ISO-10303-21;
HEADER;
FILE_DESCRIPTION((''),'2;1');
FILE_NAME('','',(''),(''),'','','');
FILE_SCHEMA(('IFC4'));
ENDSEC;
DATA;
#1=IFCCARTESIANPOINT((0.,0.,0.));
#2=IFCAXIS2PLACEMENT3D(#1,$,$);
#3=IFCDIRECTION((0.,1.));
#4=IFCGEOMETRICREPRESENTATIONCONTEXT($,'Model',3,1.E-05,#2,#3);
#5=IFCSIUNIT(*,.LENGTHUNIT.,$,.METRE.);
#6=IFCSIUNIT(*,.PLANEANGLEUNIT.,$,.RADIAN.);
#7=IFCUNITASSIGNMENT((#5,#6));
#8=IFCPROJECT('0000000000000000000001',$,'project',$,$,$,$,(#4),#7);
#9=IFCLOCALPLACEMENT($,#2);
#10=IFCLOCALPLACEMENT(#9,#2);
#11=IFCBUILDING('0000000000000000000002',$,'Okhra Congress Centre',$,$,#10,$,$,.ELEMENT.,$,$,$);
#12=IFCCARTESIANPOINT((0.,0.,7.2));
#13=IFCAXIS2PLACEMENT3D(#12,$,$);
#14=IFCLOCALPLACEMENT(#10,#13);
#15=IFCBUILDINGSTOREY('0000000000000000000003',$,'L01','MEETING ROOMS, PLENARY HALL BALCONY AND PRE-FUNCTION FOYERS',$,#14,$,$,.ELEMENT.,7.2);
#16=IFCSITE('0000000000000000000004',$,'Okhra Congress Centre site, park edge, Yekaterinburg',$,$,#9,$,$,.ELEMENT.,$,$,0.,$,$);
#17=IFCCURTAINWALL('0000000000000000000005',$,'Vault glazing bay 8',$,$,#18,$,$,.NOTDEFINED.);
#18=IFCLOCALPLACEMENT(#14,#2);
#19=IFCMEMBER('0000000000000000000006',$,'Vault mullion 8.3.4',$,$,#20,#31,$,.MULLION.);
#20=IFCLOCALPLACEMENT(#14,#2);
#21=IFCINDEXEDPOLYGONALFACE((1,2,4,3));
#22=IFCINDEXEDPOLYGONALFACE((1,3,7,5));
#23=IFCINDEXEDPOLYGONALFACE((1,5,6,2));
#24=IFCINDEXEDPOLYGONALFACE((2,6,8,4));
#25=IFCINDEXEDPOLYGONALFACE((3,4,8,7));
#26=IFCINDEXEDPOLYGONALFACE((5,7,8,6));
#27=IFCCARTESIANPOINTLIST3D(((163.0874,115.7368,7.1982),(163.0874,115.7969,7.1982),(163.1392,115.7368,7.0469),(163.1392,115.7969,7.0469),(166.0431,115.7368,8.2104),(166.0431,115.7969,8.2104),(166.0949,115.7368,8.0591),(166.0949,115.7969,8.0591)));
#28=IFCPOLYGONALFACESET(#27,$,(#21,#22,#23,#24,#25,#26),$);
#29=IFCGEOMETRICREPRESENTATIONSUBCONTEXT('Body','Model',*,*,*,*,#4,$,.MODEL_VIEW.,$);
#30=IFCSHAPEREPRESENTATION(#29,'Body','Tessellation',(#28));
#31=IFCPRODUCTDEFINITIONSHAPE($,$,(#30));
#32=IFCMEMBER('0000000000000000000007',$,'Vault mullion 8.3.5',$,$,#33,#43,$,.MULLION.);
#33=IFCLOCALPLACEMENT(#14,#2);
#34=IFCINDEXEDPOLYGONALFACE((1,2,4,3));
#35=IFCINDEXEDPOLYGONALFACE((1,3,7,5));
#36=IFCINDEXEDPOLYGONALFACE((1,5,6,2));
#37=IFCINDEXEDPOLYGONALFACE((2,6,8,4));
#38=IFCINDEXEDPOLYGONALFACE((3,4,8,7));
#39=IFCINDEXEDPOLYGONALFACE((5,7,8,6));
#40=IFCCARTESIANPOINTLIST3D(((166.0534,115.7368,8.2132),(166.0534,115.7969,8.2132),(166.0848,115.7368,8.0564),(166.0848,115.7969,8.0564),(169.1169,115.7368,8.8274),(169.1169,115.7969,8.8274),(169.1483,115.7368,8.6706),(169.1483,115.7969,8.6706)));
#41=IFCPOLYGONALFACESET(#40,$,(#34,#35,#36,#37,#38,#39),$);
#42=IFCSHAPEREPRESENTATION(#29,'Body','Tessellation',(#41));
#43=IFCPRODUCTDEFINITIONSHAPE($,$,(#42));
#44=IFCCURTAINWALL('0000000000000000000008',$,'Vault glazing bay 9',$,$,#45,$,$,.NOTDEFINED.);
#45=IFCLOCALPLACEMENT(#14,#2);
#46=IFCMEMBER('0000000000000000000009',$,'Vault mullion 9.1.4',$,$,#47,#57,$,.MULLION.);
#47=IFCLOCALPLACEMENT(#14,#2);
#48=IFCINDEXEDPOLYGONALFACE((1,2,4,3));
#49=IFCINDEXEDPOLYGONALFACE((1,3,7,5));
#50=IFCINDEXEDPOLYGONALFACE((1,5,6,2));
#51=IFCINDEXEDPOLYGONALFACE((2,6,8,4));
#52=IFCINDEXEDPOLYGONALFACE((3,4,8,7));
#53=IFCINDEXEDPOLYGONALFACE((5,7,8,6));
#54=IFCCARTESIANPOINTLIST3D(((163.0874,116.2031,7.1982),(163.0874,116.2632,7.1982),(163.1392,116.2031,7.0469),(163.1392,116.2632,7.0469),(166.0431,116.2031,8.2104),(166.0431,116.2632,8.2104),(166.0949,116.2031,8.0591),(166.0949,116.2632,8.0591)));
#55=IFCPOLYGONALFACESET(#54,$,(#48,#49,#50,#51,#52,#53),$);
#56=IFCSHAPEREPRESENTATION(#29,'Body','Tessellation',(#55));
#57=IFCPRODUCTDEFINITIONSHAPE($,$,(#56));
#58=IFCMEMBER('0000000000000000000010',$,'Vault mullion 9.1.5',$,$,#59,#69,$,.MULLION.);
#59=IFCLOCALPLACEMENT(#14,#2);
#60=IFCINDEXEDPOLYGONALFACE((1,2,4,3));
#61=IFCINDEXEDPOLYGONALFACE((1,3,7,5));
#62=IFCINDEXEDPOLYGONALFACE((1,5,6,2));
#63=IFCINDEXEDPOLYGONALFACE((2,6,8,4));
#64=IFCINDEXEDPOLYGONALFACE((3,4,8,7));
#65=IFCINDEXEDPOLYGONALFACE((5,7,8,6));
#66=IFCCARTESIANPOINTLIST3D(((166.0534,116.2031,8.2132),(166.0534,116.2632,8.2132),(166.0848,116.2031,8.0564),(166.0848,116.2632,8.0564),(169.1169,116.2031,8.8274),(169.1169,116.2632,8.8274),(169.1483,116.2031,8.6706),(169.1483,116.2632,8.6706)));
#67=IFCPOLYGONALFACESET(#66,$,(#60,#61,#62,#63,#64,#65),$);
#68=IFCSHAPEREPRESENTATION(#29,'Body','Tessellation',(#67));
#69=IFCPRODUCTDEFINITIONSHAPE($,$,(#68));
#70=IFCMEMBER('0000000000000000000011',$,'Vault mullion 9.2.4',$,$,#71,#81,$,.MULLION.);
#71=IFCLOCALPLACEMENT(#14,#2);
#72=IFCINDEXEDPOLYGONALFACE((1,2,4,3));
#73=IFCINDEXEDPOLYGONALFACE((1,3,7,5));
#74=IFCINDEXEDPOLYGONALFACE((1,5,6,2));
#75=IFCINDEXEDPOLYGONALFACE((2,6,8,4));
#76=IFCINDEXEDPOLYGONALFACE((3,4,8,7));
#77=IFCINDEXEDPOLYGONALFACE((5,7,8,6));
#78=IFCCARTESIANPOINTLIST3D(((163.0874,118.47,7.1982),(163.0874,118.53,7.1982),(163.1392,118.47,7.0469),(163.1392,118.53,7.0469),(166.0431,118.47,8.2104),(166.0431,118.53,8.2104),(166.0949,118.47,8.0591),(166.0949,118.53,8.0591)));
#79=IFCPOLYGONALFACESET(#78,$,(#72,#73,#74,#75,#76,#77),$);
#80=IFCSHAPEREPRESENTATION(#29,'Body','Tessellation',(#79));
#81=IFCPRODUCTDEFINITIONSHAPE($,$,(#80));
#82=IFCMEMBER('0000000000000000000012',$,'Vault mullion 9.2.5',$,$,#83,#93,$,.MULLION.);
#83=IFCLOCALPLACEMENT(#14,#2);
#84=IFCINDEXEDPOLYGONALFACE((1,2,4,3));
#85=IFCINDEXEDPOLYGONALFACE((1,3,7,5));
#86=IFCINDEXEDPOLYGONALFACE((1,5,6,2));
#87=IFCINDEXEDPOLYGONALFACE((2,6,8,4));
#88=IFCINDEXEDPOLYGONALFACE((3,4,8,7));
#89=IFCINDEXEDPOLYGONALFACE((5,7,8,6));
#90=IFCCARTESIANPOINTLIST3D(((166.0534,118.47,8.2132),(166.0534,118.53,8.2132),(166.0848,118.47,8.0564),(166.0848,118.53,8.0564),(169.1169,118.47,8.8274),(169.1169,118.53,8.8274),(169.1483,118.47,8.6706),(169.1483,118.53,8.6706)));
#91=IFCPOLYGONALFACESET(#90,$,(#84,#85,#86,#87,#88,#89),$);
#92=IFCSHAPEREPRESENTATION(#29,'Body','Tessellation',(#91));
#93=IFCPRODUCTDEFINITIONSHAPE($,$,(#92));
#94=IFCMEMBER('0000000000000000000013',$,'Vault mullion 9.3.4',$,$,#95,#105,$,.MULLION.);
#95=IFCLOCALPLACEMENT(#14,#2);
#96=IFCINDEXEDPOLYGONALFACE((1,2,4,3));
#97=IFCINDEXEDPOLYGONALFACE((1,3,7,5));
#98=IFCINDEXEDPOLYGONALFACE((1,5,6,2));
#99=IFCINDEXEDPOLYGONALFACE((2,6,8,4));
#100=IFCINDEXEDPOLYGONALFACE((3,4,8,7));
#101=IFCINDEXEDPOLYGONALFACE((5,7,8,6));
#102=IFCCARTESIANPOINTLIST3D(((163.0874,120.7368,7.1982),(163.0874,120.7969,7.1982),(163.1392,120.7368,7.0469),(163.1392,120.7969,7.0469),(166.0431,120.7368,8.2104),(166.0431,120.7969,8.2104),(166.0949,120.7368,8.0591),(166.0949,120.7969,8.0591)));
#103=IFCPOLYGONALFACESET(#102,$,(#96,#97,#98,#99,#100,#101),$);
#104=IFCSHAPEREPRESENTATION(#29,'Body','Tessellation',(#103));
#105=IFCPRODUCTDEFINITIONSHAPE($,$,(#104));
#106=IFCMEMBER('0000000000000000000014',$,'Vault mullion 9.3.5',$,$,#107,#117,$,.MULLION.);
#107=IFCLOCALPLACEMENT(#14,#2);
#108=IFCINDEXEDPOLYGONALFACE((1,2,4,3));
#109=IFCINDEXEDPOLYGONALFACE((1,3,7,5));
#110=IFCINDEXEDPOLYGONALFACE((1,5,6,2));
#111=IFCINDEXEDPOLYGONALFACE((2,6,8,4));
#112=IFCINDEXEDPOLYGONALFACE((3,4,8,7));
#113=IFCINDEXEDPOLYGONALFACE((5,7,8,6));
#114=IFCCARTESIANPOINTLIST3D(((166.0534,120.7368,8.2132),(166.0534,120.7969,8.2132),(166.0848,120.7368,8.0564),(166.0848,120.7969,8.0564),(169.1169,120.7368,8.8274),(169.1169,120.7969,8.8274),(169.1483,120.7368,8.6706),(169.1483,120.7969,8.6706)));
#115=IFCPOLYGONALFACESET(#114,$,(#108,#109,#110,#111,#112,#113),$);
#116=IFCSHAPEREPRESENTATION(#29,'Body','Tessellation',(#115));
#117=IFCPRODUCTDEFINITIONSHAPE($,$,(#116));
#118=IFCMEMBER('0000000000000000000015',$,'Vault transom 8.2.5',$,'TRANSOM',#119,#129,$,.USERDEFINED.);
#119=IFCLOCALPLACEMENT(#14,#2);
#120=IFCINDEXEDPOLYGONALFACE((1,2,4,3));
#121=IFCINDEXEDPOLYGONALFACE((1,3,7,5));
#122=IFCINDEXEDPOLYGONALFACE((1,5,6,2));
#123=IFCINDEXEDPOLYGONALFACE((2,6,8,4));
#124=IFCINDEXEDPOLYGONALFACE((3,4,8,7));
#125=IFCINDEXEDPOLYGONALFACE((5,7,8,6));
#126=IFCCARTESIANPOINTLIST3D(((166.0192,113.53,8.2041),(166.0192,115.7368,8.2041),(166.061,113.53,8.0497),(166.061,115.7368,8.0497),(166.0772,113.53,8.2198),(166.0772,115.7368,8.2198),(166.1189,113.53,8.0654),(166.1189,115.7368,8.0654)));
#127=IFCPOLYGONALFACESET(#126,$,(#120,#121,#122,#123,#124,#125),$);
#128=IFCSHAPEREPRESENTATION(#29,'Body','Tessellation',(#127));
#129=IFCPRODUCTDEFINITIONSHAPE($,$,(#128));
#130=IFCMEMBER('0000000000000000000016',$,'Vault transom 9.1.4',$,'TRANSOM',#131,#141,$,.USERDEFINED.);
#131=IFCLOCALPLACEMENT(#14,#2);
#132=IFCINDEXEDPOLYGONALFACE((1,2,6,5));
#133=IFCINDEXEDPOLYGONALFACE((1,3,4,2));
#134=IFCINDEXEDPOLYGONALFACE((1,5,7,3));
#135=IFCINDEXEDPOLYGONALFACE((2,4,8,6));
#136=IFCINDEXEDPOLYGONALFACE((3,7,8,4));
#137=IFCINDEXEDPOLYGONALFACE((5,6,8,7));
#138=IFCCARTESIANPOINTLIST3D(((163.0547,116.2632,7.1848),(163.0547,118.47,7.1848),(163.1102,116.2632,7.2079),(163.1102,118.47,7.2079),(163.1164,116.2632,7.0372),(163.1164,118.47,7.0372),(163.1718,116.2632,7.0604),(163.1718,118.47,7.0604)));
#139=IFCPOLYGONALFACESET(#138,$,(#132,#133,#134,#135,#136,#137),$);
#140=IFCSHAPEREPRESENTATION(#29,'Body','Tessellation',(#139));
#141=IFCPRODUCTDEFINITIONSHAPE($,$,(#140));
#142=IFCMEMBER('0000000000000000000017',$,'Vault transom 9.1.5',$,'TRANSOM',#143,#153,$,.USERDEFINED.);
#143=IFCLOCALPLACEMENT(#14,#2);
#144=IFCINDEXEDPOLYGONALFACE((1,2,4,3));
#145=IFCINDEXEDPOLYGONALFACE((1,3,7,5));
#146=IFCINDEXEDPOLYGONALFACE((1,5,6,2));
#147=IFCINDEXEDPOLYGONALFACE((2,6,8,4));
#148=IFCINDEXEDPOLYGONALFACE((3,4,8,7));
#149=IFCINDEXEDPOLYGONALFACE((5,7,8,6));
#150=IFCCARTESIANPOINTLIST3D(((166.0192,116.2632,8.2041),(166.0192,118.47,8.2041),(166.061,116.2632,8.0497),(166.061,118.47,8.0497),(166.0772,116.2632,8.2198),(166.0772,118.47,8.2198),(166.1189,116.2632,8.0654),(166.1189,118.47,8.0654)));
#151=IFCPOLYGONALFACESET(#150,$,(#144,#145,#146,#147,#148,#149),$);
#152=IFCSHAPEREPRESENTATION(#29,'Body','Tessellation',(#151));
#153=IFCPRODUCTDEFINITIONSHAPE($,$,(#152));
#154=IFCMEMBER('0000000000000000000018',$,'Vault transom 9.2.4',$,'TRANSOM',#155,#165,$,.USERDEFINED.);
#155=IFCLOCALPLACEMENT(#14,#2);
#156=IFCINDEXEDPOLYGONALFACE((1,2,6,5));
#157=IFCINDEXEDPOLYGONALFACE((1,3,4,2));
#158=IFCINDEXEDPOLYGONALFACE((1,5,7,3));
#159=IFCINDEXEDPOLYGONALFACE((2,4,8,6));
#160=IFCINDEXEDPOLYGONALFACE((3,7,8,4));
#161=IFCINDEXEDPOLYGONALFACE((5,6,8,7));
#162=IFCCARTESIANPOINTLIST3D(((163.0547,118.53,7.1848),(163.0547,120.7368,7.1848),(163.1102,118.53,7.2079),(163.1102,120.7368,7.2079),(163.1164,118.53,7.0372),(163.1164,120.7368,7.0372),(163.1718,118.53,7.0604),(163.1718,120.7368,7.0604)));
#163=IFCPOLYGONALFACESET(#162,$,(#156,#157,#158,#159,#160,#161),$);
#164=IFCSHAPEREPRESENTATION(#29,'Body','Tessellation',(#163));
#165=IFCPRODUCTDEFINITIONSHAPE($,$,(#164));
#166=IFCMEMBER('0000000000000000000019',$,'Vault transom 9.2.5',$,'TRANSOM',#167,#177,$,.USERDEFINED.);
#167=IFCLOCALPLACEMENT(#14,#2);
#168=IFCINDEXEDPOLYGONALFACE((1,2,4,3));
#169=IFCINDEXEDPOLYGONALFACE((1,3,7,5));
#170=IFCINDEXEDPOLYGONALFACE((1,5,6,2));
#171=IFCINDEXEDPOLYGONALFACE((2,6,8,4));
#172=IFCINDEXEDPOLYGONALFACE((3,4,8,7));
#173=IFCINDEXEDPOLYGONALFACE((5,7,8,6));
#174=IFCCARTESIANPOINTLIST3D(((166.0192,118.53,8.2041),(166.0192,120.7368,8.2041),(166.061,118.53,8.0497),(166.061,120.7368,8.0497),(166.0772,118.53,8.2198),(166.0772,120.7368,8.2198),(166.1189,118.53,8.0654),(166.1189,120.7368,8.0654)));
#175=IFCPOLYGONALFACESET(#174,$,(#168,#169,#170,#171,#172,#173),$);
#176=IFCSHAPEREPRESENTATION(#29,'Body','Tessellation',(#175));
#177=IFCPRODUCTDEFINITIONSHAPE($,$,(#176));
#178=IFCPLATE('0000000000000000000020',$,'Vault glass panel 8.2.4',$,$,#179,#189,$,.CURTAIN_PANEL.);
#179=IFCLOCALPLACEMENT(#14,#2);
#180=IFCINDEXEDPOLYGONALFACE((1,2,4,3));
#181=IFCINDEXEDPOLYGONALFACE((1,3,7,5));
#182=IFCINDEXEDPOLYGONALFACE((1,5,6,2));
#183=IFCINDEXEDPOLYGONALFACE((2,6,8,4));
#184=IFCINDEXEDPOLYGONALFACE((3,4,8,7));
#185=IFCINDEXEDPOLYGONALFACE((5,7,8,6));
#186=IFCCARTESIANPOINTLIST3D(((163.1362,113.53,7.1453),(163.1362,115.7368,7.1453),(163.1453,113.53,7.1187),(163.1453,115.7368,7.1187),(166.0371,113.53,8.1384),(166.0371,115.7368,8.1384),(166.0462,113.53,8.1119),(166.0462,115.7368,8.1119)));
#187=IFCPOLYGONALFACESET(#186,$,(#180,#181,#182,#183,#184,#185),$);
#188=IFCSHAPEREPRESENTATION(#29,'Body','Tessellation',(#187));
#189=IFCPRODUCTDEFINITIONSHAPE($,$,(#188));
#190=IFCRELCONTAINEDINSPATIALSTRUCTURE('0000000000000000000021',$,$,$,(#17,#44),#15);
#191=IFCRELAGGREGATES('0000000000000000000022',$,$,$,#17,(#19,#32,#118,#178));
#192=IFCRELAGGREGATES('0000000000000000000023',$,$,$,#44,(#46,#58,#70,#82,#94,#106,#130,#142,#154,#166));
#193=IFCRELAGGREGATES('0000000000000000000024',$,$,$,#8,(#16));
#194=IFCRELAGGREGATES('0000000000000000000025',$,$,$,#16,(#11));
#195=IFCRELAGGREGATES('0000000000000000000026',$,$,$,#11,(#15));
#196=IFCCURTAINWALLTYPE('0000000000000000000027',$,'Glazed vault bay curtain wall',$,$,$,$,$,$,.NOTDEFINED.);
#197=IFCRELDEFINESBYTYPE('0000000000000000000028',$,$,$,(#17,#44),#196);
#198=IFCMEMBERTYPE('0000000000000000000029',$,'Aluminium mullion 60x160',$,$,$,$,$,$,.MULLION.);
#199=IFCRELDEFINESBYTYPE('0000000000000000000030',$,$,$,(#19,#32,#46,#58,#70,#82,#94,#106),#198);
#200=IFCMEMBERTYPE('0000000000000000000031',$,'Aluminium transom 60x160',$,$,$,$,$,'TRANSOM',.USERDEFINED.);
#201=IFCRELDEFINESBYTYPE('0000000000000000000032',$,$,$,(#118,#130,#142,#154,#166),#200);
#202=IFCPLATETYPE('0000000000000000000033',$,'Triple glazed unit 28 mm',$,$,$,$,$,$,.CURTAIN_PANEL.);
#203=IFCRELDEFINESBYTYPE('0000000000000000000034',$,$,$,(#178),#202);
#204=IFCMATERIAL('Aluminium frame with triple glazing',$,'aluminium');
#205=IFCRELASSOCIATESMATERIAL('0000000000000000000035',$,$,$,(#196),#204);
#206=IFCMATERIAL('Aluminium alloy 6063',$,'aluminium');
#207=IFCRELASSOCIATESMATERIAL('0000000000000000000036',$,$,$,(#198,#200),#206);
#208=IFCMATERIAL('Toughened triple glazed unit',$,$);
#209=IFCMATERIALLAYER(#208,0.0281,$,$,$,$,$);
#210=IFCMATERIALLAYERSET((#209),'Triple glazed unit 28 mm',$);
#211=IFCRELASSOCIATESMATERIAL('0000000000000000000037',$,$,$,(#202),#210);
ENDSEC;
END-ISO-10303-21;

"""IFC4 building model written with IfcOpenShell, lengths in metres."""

from ifc_helpers import new_model, si_unit, direction, frame, origin, origin_2d, place, context, subcontext, project, spatial, polyline, rectangle, outline, extrude, material, layer, layer_set, material_profile, profile_set, type_object, element, aggregate, save


model = new_model("IFC4")

# Units and contexts
model_context = context("Model", 3, precision=1e-05, world=origin(), true_north=direction((0.0, 1.0)))
body_context = subcontext(model_context, "Body", "Model", "MODEL_VIEW")
ifc_project = project(units=[si_unit("LENGTHUNIT", "METRE"), si_unit("PLANEANGLEUNIT", "RADIAN")], contexts=[model_context])

# Site, building, storey
site_placement = place(None, origin())
site = spatial("IfcSite", under=ifc_project, at=site_placement, Name="Okhra Congress Centre site, park edge, Yekaterinburg", CompositionType="ELEMENT", RefElevation=0.0)
building_placement = place(site_placement, origin())
building = spatial("IfcBuilding", under=site, at=building_placement, Name="Okhra Congress Centre", CompositionType="ELEMENT")
storey_placement = place(building_placement, frame((0.0, 0.0, 7.2)))
storey = spatial("IfcBuildingStorey", under=building, at=storey_placement, Name="L01", Description="MEETING ROOMS, PLENARY HALL BALCONY AND PRE-FUNCTION FOYERS", CompositionType="ELEMENT", Elevation=7.2)

# Curtain walls, members
ifc_material_1 = material(Name="Aluminium frame with triple glazing", Category="aluminium")
curtain_wall_type = type_object("IfcCurtainWallType", Name="Glazed vault bay curtain wall", PredefinedType="NOTDEFINED", material=ifc_material_1)
curtain_wall_1_placement = place(storey_placement, origin())
curtain_wall_1 = element("IfcCurtainWall", 1, at=curtain_wall_1_placement, inside=storey, type_object=curtain_wall_type, Name="Vault glazing bay 8", PredefinedType="NOTDEFINED")
ifc_material_2 = material(Name="Aluminium alloy 6063", Category="aluminium")
ifc_material_profile_1 = material_profile(ifc_material_2, rectangle(XDim=0.0601, YDim=0.1599, at=origin_2d()), Name="AL 60x160")
ifc_profile_set_1 = profile_set([ifc_material_profile_1], Name="Aluminium alloy 6063")
member_type_1 = type_object("IfcMemberType", Name="Aluminium mullion 60x160", PredefinedType="MULLION", material=ifc_profile_set_1)
member_1_placement = place(storey_placement, frame((163.1133, 115.7668, 7.1226), z_axis=(0.946065, 0.0, 0.323977), x_axis=(0.0, 1.0, 0.0)))
member_1 = element("IfcMember", 2, at=member_1_placement, type_object=member_type_1, Name="Vault mullion 8.3.4", PredefinedType="MULLION", context=body_context, shape_type="SweptSolid", body=[
    extrude(rectangle(XDim=0.0601, YDim=0.1599, at=origin_2d()), origin(), (0.0, 0.0, 1.0), 3.1243),
])
member_2_placement = place(storey_placement, frame((166.0691, 115.7668, 8.1348), z_axis=(0.980484, 0.0, 0.196597), x_axis=(0.0, 1.0, 0.0)))
member_2 = element("IfcMember", 3, at=member_2_placement, type_object=member_type_1, Name="Vault mullion 8.3.5", PredefinedType="MULLION", context=body_context, shape_type="SweptSolid", body=[
    extrude(rectangle(XDim=0.0601, YDim=0.1599, at=origin_2d()), origin(), (0.0, 0.0, 1.0), 3.1245),
])
curtain_wall_2_placement = place(storey_placement, origin())
curtain_wall_2 = element("IfcCurtainWall", 4, at=curtain_wall_2_placement, inside=storey, type_object=curtain_wall_type, Name="Vault glazing bay 9", PredefinedType="NOTDEFINED")
member_3_placement = place(storey_placement, frame((163.1133, 116.2332, 7.1226), z_axis=(0.946065, 0.0, 0.323977), x_axis=(0.0, 1.0, 0.0)))
member_3 = element("IfcMember", 5, at=member_3_placement, type_object=member_type_1, Name="Vault mullion 9.1.4", PredefinedType="MULLION", context=body_context, shape_type="SweptSolid", body=[
    extrude(rectangle(XDim=0.0601, YDim=0.1599, at=origin_2d()), origin(), (0.0, 0.0, 1.0), 3.1243),
])
member_4_placement = place(storey_placement, frame((166.0691, 116.2332, 8.1348), z_axis=(0.980484, 0.0, 0.196597), x_axis=(0.0, 1.0, 0.0)))
member_4 = element("IfcMember", 6, at=member_4_placement, type_object=member_type_1, Name="Vault mullion 9.1.5", PredefinedType="MULLION", context=body_context, shape_type="SweptSolid", body=[
    extrude(rectangle(XDim=0.0601, YDim=0.1599, at=origin_2d()), origin(), (0.0, 0.0, 1.0), 3.1245),
])
member_5_placement = place(storey_placement, frame((163.1133, 118.5, 7.1226), z_axis=(0.946065, 0.0, 0.323977), x_axis=(0.0, 1.0, 0.0)))
member_5 = element("IfcMember", 7, at=member_5_placement, type_object=member_type_1, Name="Vault mullion 9.2.4", PredefinedType="MULLION", context=body_context, shape_type="SweptSolid", body=[
    extrude(rectangle(XDim=0.0601, YDim=0.1599, at=origin_2d()), origin(), (0.0, 0.0, 1.0), 3.1243),
])
member_6_placement = place(storey_placement, frame((166.0691, 118.5, 8.1348), z_axis=(0.980484, 0.0, 0.196597), x_axis=(0.0, 1.0, 0.0)))
member_6 = element("IfcMember", 8, at=member_6_placement, type_object=member_type_1, Name="Vault mullion 9.2.5", PredefinedType="MULLION", context=body_context, shape_type="SweptSolid", body=[
    extrude(rectangle(XDim=0.0601, YDim=0.1599, at=origin_2d()), origin(), (0.0, 0.0, 1.0), 3.1245),
])
member_7_placement = place(storey_placement, frame((163.1133, 120.7668, 7.1226), z_axis=(0.946065, 0.0, 0.323977), x_axis=(0.0, 1.0, 0.0)))
member_7 = element("IfcMember", 9, at=member_7_placement, type_object=member_type_1, Name="Vault mullion 9.3.4", PredefinedType="MULLION", context=body_context, shape_type="SweptSolid", body=[
    extrude(rectangle(XDim=0.0601, YDim=0.1599, at=origin_2d()), origin(), (0.0, 0.0, 1.0), 3.1243),
])
member_8_placement = place(storey_placement, frame((166.0691, 120.7668, 8.1348), z_axis=(0.980484, 0.0, 0.196597), x_axis=(0.0, 1.0, 0.0)))
member_8 = element("IfcMember", 10, at=member_8_placement, type_object=member_type_1, Name="Vault mullion 9.3.5", PredefinedType="MULLION", context=body_context, shape_type="SweptSolid", body=[
    extrude(rectangle(XDim=0.0601, YDim=0.1599, at=origin_2d()), origin(), (0.0, 0.0, 1.0), 3.1245),
])

# Members
ifc_material_profile_2 = material_profile(ifc_material_2, rectangle(XDim=0.0601, YDim=0.1599, at=origin_2d()), Name="AL 60x160 transom")
ifc_profile_set_2 = profile_set([ifc_material_profile_2], Name="Aluminium alloy 6063")
member_type_2 = type_object("IfcMemberType", Name="Aluminium transom 60x160", ElementType="TRANSOM", PredefinedType="USERDEFINED", material=ifc_profile_set_2)
member_9_placement = place(storey_placement, frame((166.0691, 113.53, 8.1348), z_axis=(0.0, 1.0, 0.0), x_axis=(-0.96538, 0.0, -0.260848)))
member_9 = element("IfcMember", 11, at=member_9_placement, type_object=member_type_2, Name="Vault transom 8.2.5", ObjectType="TRANSOM", PredefinedType="USERDEFINED", context=body_context, shape_type="SweptSolid", body=[
    extrude(rectangle(XDim=0.0601, YDim=0.1599, at=origin_2d()), origin(), (0.0, 0.0, 1.0), 2.2068),
])
member_10_placement = place(storey_placement, frame((163.1133, 116.2632, 7.1226), z_axis=(0.0, 1.0, 0.0), x_axis=(-0.922669, 0.0, -0.385593)))
member_10 = element("IfcMember", 12, at=member_10_placement, type_object=member_type_2, Name="Vault transom 9.1.4", ObjectType="TRANSOM", PredefinedType="USERDEFINED", context=body_context, shape_type="SweptSolid", body=[
    extrude(rectangle(XDim=0.0601, YDim=0.1599, at=origin_2d()), origin(), (0.0, 0.0, 1.0), 2.2068),
])
member_11_placement = place(storey_placement, frame((166.0691, 116.2632, 8.1348), z_axis=(0.0, 1.0, 0.0), x_axis=(-0.96538, 0.0, -0.260848)))
member_11 = element("IfcMember", 13, at=member_11_placement, type_object=member_type_2, Name="Vault transom 9.1.5", ObjectType="TRANSOM", PredefinedType="USERDEFINED", context=body_context, shape_type="SweptSolid", body=[
    extrude(rectangle(XDim=0.0601, YDim=0.1599, at=origin_2d()), origin(), (0.0, 0.0, 1.0), 2.2068),
])
member_12_placement = place(storey_placement, frame((163.1133, 118.53, 7.1226), z_axis=(0.0, 1.0, 0.0), x_axis=(-0.922669, 0.0, -0.385593)))
member_12 = element("IfcMember", 14, at=member_12_placement, type_object=member_type_2, Name="Vault transom 9.2.4", ObjectType="TRANSOM", PredefinedType="USERDEFINED", context=body_context, shape_type="SweptSolid", body=[
    extrude(rectangle(XDim=0.0601, YDim=0.1599, at=origin_2d()), origin(), (0.0, 0.0, 1.0), 2.2068),
])
member_13_placement = place(storey_placement, frame((166.0691, 118.53, 8.1348), z_axis=(0.0, 1.0, 0.0), x_axis=(-0.96538, 0.0, -0.260848)))
member_13 = element("IfcMember", 15, at=member_13_placement, type_object=member_type_2, Name="Vault transom 9.2.5", ObjectType="TRANSOM", PredefinedType="USERDEFINED", context=body_context, shape_type="SweptSolid", body=[
    extrude(rectangle(XDim=0.0601, YDim=0.1599, at=origin_2d()), origin(), (0.0, 0.0, 1.0), 2.2068),
])

# Plate
ifc_material_3 = material(Name="Toughened triple glazed unit")
ifc_layer_1 = layer(ifc_material_3, 0.0281)
ifc_layer_set_1 = layer_set([ifc_layer_1], Name="Triple glazed unit 28 mm")
plate_type = type_object("IfcPlateType", Name="Triple glazed unit 28 mm", PredefinedType="CURTAIN_PANEL", material=ifc_layer_set_1)
plate_1_placement = place(storey_placement, frame((163.1362, 113.53, 7.1453), z_axis=(-0.323909, 0.0, 0.946088), x_axis=(0.946088, 0.0, 0.323909)))
plate_1 = element("IfcPlate", 16, at=plate_1_placement, type_object=plate_type, Name="Vault glass panel 8.2.4", PredefinedType="CURTAIN_PANEL", context=body_context, shape_type="SweptSolid", body=[
    extrude(outline(polyline([(0.0, 0.0), (3.0662, 0.0), (3.0662, 2.2068), (0.0, 2.2068), (0.0, 0.0)])), origin(), (0.0, 0.0, -1.0), 0.0281),
])
aggregate(curtain_wall_1, [member_1, member_2, member_9, plate_1])
aggregate(curtain_wall_2, [member_3, member_4, member_5, member_6, member_7, member_8, member_10, member_11, member_12, member_13])

save(model, "model.ifc")
